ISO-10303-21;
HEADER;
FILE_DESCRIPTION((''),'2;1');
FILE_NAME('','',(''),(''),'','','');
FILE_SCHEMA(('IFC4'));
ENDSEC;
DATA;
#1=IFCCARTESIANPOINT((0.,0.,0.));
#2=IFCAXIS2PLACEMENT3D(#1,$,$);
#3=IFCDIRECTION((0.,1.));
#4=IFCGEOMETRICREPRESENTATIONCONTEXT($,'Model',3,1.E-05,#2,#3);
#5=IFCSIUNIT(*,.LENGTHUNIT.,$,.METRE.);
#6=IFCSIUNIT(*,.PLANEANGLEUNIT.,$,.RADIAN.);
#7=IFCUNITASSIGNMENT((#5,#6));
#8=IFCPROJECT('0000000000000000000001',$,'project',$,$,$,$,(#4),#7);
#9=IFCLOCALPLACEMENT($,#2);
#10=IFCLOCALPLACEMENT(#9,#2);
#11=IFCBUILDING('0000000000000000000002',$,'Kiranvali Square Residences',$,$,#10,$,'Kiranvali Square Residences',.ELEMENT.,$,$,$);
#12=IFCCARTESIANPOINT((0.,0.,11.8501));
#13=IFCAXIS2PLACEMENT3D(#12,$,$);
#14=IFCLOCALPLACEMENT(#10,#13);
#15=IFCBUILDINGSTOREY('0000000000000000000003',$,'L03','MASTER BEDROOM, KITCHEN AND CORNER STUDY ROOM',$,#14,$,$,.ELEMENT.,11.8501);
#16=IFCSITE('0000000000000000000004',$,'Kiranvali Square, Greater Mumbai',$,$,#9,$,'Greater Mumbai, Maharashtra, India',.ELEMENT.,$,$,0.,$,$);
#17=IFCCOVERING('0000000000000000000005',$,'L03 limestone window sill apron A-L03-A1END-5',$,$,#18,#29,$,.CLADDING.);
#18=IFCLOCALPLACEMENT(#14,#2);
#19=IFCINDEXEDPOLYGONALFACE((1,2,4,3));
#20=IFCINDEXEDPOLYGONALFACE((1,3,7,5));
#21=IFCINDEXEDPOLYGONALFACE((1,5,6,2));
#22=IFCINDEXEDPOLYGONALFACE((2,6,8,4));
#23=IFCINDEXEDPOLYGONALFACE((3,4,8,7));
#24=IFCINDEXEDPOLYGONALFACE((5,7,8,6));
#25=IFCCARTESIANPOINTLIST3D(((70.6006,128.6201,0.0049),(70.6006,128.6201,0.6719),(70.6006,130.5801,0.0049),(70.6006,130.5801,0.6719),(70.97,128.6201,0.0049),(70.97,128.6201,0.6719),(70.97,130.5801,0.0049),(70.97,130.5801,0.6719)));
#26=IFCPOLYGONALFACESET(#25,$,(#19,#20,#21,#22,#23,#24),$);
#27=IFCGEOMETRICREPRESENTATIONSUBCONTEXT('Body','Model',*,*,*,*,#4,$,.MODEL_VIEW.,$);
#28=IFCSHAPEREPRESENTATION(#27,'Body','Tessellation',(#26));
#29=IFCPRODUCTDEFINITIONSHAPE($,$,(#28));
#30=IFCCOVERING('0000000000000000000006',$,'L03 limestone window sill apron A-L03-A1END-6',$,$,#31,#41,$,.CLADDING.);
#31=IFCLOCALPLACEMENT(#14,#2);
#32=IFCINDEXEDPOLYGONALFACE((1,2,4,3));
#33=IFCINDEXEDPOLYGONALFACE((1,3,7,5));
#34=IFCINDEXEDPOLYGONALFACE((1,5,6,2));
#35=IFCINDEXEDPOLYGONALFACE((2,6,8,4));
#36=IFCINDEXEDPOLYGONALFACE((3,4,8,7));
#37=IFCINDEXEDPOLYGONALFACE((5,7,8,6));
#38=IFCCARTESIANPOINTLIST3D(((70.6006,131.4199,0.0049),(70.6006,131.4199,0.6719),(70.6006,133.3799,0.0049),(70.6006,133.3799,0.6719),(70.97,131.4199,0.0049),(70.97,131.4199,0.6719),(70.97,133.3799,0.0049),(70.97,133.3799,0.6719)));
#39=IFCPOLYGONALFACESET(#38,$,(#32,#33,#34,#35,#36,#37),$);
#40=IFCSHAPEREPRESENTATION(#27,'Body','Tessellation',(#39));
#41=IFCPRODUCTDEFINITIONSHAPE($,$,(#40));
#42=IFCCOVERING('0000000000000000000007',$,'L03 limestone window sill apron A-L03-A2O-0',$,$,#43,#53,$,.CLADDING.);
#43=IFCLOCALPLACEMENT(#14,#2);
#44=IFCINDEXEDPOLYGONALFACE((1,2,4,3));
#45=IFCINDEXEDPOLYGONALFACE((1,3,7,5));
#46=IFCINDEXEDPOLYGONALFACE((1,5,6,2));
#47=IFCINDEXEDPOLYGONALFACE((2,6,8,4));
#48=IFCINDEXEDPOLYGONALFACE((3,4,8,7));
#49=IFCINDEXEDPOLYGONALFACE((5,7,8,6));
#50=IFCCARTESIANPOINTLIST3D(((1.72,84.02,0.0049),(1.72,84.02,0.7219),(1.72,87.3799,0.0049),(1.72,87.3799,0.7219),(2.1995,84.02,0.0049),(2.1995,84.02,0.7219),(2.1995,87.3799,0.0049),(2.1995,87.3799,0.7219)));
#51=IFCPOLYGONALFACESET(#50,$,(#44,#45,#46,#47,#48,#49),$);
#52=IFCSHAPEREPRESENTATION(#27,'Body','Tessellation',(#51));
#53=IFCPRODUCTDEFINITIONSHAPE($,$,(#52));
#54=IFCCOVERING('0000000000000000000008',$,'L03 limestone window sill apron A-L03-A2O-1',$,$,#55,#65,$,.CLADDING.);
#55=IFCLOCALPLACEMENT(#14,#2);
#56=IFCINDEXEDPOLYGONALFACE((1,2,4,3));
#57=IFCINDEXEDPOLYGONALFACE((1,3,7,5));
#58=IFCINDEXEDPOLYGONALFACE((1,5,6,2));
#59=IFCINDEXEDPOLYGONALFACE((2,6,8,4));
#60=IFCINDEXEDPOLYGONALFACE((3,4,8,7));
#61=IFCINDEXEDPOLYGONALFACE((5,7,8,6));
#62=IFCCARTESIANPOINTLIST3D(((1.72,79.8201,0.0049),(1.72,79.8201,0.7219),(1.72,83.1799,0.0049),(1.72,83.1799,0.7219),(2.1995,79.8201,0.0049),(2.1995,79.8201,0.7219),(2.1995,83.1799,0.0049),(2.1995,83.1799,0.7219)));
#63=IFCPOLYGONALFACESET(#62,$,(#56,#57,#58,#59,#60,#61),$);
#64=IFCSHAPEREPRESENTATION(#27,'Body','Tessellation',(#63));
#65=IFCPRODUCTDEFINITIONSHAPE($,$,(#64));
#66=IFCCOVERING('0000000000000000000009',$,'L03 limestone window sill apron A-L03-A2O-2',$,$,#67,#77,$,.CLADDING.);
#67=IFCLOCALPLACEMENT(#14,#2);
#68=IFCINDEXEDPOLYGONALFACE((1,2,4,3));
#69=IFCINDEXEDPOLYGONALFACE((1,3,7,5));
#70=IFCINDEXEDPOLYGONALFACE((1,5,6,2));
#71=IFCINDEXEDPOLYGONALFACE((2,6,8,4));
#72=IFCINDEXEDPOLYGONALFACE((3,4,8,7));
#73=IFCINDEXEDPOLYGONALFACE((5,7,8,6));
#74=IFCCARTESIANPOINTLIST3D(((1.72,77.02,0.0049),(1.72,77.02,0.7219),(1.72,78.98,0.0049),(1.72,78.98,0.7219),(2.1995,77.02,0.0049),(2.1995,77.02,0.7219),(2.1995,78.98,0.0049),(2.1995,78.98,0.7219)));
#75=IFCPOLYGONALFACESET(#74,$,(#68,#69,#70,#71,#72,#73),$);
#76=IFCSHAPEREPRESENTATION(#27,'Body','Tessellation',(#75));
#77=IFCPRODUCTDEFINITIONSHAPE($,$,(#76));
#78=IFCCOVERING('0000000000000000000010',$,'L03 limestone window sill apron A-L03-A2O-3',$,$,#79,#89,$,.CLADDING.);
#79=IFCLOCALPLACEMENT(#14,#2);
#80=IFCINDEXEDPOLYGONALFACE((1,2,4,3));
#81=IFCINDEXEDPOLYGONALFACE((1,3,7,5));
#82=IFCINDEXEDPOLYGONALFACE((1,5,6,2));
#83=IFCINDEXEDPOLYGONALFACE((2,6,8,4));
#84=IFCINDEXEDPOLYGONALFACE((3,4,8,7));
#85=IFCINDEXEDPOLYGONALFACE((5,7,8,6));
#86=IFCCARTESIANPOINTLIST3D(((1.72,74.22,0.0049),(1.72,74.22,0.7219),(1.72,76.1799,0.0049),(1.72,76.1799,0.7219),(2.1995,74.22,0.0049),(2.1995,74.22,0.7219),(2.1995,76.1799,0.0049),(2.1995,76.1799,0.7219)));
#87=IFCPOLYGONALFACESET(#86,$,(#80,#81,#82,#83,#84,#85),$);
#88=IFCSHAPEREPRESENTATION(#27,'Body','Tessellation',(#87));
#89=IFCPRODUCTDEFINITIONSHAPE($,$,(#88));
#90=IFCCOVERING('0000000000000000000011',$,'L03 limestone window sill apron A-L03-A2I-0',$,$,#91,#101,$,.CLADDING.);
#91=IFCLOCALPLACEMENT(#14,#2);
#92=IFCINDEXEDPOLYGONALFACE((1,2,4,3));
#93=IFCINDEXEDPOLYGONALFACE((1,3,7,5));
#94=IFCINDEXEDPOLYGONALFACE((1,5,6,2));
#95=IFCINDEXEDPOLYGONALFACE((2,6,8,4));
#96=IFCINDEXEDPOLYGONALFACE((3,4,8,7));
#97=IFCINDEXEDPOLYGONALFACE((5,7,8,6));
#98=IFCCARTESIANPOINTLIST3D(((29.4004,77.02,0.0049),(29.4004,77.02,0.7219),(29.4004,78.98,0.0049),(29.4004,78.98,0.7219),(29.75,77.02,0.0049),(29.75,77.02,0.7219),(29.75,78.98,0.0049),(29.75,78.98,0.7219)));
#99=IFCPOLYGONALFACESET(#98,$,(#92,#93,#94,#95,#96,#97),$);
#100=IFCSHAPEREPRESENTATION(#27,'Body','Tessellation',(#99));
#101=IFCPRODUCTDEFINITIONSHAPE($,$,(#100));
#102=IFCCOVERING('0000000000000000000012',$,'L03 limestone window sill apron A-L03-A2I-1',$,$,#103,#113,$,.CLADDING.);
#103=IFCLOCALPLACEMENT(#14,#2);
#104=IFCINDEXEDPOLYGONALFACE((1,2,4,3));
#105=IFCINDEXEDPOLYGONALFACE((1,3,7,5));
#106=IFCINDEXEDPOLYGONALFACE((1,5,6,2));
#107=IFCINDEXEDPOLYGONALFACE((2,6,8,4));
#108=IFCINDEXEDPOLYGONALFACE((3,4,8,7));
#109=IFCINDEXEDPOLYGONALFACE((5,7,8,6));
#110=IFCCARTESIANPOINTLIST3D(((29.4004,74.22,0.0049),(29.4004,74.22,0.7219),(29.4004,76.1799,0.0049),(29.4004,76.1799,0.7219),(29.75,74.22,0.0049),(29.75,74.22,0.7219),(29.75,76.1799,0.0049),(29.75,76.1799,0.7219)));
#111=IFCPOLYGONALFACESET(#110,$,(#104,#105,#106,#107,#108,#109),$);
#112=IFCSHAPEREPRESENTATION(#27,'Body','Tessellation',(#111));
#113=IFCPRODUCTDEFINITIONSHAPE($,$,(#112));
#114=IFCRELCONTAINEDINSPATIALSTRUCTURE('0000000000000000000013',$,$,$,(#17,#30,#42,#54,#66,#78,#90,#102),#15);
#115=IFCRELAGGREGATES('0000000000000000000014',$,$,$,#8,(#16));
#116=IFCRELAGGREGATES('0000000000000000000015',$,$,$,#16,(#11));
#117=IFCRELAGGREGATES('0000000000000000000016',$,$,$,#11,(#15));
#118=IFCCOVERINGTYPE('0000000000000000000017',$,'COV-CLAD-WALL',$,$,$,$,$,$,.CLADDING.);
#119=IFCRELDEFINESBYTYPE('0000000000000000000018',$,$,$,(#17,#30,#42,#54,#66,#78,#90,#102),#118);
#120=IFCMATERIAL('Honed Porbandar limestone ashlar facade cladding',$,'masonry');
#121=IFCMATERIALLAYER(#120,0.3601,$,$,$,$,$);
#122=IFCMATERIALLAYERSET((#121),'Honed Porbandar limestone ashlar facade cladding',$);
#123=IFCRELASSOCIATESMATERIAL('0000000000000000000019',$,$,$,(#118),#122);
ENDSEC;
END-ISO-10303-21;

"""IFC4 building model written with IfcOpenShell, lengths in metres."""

from ifc_helpers import new_model, si_unit, direction, frame, origin, place, context, subcontext, project, spatial, polyline, outline, extrude, material, layer, layer_set, type_object, element, save


model = new_model("IFC4")

# Units and contexts
model_context = context("Model", 3, precision=1e-05, world=origin(), true_north=direction((0.0, 1.0)))
body_context = subcontext(model_context, "Body", "Model", "MODEL_VIEW")
ifc_project = project(units=[si_unit("LENGTHUNIT", "METRE"), si_unit("PLANEANGLEUNIT", "RADIAN")], contexts=[model_context])

# Site, building, storey
site_placement = place(None, origin())
site = spatial("IfcSite", under=ifc_project, at=site_placement, Name="Kiranvali Square, Greater Mumbai", LongName="Greater Mumbai, Maharashtra, India", CompositionType="ELEMENT", RefElevation=0.0)
building_placement = place(site_placement, origin())
building = spatial("IfcBuilding", under=site, at=building_placement, Name="Kiranvali Square Residences", LongName="Kiranvali Square Residences", CompositionType="ELEMENT")
storey_placement = place(building_placement, frame((0.0, 0.0, 11.8501)))
storey = spatial("IfcBuildingStorey", under=building, at=storey_placement, Name="L03", Description="MASTER BEDROOM, KITCHEN AND CORNER STUDY ROOM", CompositionType="ELEMENT", Elevation=11.8501)

# Coverings
ifc_material = material(Name="Honed Porbandar limestone ashlar facade cladding", Category="masonry")
ifc_layer_1 = layer(ifc_material, 0.3601)
ifc_layer_set_1 = layer_set([ifc_layer_1], Name="Honed Porbandar limestone ashlar facade cladding")
covering_type_1 = type_object("IfcCoveringType", Name="COV-CLAD-WALL", PredefinedType="CLADDING", material=ifc_layer_set_1)
covering_1_placement = place(storey_placement, frame((0.0, 0.0, 0.0049)))
element("IfcCovering", 1, at=covering_1_placement, inside=storey, type_object=covering_type_1, Name="L03 limestone window sill apron A-L03-A1END-5", PredefinedType="CLADDING", context=body_context, shape_type="SweptSolid", body=[
    extrude(outline(polyline([(70.97, 128.6201), (70.97, 130.5801), (70.6006, 130.5801), (70.6006, 128.6201), (70.97, 128.6201)])), origin(), (0.0, 0.0, 1.0), 0.667),
])
covering_2_placement = place(storey_placement, frame((0.0, 0.0, 0.0049)))
element("IfcCovering", 2, at=covering_2_placement, inside=storey, type_object=covering_type_1, Name="L03 limestone window sill apron A-L03-A1END-6", PredefinedType="CLADDING", context=body_context, shape_type="SweptSolid", body=[
    extrude(outline(polyline([(70.97, 131.4199), (70.97, 133.3799), (70.6006, 133.3799), (70.6006, 131.4199), (70.97, 131.4199)])), origin(), (0.0, 0.0, 1.0), 0.667),
])
covering_3_placement = place(storey_placement, frame((0.0, 0.0, 0.0049)))
element("IfcCovering", 3, at=covering_3_placement, inside=storey, type_object=covering_type_1, Name="L03 limestone window sill apron A-L03-A2O-0", PredefinedType="CLADDING", context=body_context, shape_type="SweptSolid", body=[
    extrude(outline(polyline([(1.72, 87.3799), (1.72, 84.02), (2.1995, 84.02), (2.1995, 87.3799), (1.72, 87.3799)])), origin(), (0.0, 0.0, 1.0), 0.717),
])
covering_4_placement = place(storey_placement, frame((0.0, 0.0, 0.0049)))
element("IfcCovering", 4, at=covering_4_placement, inside=storey, type_object=covering_type_1, Name="L03 limestone window sill apron A-L03-A2O-1", PredefinedType="CLADDING", context=body_context, shape_type="SweptSolid", body=[
    extrude(outline(polyline([(1.72, 83.1799), (1.72, 79.8201), (2.1995, 79.8201), (2.1995, 83.1799), (1.72, 83.1799)])), origin(), (0.0, 0.0, 1.0), 0.717),
])
covering_5_placement = place(storey_placement, frame((0.0, 0.0, 0.0049)))
element("IfcCovering", 5, at=covering_5_placement, inside=storey, type_object=covering_type_1, Name="L03 limestone window sill apron A-L03-A2O-2", PredefinedType="CLADDING", context=body_context, shape_type="SweptSolid", body=[
    extrude(outline(polyline([(1.72, 78.98), (1.72, 77.02), (2.1995, 77.02), (2.1995, 78.98), (1.72, 78.98)])), origin(), (0.0, 0.0, 1.0), 0.717),
])
covering_6_placement = place(storey_placement, frame((0.0, 0.0, 0.0049)))
element("IfcCovering", 6, at=covering_6_placement, inside=storey, type_object=covering_type_1, Name="L03 limestone window sill apron A-L03-A2O-3", PredefinedType="CLADDING", context=body_context, shape_type="SweptSolid", body=[
    extrude(outline(polyline([(1.72, 76.1799), (1.72, 74.22), (2.1995, 74.22), (2.1995, 76.1799), (1.72, 76.1799)])), origin(), (0.0, 0.0, 1.0), 0.717),
])
covering_7_placement = place(storey_placement, frame((0.0, 0.0, 0.0049)))
element("IfcCovering", 7, at=covering_7_placement, inside=storey, type_object=covering_type_1, Name="L03 limestone window sill apron A-L03-A2I-0", PredefinedType="CLADDING", context=body_context, shape_type="SweptSolid", body=[
    extrude(outline(polyline([(29.4004, 78.98), (29.4004, 77.02), (29.75, 77.02), (29.75, 78.98), (29.4004, 78.98)])), origin(), (0.0, 0.0, 1.0), 0.717),
])
covering_8_placement = place(storey_placement, frame((0.0, 0.0, 0.0049)))
element("IfcCovering", 8, at=covering_8_placement, inside=storey, type_object=covering_type_1, Name="L03 limestone window sill apron A-L03-A2I-1", PredefinedType="CLADDING", context=body_context, shape_type="SweptSolid", body=[
    extrude(outline(polyline([(29.4004, 76.1799), (29.4004, 74.22), (29.75, 74.22), (29.75, 76.1799), (29.4004, 76.1799)])), origin(), (0.0, 0.0, 1.0), 0.717),
])

save(model, "model.ifc")
